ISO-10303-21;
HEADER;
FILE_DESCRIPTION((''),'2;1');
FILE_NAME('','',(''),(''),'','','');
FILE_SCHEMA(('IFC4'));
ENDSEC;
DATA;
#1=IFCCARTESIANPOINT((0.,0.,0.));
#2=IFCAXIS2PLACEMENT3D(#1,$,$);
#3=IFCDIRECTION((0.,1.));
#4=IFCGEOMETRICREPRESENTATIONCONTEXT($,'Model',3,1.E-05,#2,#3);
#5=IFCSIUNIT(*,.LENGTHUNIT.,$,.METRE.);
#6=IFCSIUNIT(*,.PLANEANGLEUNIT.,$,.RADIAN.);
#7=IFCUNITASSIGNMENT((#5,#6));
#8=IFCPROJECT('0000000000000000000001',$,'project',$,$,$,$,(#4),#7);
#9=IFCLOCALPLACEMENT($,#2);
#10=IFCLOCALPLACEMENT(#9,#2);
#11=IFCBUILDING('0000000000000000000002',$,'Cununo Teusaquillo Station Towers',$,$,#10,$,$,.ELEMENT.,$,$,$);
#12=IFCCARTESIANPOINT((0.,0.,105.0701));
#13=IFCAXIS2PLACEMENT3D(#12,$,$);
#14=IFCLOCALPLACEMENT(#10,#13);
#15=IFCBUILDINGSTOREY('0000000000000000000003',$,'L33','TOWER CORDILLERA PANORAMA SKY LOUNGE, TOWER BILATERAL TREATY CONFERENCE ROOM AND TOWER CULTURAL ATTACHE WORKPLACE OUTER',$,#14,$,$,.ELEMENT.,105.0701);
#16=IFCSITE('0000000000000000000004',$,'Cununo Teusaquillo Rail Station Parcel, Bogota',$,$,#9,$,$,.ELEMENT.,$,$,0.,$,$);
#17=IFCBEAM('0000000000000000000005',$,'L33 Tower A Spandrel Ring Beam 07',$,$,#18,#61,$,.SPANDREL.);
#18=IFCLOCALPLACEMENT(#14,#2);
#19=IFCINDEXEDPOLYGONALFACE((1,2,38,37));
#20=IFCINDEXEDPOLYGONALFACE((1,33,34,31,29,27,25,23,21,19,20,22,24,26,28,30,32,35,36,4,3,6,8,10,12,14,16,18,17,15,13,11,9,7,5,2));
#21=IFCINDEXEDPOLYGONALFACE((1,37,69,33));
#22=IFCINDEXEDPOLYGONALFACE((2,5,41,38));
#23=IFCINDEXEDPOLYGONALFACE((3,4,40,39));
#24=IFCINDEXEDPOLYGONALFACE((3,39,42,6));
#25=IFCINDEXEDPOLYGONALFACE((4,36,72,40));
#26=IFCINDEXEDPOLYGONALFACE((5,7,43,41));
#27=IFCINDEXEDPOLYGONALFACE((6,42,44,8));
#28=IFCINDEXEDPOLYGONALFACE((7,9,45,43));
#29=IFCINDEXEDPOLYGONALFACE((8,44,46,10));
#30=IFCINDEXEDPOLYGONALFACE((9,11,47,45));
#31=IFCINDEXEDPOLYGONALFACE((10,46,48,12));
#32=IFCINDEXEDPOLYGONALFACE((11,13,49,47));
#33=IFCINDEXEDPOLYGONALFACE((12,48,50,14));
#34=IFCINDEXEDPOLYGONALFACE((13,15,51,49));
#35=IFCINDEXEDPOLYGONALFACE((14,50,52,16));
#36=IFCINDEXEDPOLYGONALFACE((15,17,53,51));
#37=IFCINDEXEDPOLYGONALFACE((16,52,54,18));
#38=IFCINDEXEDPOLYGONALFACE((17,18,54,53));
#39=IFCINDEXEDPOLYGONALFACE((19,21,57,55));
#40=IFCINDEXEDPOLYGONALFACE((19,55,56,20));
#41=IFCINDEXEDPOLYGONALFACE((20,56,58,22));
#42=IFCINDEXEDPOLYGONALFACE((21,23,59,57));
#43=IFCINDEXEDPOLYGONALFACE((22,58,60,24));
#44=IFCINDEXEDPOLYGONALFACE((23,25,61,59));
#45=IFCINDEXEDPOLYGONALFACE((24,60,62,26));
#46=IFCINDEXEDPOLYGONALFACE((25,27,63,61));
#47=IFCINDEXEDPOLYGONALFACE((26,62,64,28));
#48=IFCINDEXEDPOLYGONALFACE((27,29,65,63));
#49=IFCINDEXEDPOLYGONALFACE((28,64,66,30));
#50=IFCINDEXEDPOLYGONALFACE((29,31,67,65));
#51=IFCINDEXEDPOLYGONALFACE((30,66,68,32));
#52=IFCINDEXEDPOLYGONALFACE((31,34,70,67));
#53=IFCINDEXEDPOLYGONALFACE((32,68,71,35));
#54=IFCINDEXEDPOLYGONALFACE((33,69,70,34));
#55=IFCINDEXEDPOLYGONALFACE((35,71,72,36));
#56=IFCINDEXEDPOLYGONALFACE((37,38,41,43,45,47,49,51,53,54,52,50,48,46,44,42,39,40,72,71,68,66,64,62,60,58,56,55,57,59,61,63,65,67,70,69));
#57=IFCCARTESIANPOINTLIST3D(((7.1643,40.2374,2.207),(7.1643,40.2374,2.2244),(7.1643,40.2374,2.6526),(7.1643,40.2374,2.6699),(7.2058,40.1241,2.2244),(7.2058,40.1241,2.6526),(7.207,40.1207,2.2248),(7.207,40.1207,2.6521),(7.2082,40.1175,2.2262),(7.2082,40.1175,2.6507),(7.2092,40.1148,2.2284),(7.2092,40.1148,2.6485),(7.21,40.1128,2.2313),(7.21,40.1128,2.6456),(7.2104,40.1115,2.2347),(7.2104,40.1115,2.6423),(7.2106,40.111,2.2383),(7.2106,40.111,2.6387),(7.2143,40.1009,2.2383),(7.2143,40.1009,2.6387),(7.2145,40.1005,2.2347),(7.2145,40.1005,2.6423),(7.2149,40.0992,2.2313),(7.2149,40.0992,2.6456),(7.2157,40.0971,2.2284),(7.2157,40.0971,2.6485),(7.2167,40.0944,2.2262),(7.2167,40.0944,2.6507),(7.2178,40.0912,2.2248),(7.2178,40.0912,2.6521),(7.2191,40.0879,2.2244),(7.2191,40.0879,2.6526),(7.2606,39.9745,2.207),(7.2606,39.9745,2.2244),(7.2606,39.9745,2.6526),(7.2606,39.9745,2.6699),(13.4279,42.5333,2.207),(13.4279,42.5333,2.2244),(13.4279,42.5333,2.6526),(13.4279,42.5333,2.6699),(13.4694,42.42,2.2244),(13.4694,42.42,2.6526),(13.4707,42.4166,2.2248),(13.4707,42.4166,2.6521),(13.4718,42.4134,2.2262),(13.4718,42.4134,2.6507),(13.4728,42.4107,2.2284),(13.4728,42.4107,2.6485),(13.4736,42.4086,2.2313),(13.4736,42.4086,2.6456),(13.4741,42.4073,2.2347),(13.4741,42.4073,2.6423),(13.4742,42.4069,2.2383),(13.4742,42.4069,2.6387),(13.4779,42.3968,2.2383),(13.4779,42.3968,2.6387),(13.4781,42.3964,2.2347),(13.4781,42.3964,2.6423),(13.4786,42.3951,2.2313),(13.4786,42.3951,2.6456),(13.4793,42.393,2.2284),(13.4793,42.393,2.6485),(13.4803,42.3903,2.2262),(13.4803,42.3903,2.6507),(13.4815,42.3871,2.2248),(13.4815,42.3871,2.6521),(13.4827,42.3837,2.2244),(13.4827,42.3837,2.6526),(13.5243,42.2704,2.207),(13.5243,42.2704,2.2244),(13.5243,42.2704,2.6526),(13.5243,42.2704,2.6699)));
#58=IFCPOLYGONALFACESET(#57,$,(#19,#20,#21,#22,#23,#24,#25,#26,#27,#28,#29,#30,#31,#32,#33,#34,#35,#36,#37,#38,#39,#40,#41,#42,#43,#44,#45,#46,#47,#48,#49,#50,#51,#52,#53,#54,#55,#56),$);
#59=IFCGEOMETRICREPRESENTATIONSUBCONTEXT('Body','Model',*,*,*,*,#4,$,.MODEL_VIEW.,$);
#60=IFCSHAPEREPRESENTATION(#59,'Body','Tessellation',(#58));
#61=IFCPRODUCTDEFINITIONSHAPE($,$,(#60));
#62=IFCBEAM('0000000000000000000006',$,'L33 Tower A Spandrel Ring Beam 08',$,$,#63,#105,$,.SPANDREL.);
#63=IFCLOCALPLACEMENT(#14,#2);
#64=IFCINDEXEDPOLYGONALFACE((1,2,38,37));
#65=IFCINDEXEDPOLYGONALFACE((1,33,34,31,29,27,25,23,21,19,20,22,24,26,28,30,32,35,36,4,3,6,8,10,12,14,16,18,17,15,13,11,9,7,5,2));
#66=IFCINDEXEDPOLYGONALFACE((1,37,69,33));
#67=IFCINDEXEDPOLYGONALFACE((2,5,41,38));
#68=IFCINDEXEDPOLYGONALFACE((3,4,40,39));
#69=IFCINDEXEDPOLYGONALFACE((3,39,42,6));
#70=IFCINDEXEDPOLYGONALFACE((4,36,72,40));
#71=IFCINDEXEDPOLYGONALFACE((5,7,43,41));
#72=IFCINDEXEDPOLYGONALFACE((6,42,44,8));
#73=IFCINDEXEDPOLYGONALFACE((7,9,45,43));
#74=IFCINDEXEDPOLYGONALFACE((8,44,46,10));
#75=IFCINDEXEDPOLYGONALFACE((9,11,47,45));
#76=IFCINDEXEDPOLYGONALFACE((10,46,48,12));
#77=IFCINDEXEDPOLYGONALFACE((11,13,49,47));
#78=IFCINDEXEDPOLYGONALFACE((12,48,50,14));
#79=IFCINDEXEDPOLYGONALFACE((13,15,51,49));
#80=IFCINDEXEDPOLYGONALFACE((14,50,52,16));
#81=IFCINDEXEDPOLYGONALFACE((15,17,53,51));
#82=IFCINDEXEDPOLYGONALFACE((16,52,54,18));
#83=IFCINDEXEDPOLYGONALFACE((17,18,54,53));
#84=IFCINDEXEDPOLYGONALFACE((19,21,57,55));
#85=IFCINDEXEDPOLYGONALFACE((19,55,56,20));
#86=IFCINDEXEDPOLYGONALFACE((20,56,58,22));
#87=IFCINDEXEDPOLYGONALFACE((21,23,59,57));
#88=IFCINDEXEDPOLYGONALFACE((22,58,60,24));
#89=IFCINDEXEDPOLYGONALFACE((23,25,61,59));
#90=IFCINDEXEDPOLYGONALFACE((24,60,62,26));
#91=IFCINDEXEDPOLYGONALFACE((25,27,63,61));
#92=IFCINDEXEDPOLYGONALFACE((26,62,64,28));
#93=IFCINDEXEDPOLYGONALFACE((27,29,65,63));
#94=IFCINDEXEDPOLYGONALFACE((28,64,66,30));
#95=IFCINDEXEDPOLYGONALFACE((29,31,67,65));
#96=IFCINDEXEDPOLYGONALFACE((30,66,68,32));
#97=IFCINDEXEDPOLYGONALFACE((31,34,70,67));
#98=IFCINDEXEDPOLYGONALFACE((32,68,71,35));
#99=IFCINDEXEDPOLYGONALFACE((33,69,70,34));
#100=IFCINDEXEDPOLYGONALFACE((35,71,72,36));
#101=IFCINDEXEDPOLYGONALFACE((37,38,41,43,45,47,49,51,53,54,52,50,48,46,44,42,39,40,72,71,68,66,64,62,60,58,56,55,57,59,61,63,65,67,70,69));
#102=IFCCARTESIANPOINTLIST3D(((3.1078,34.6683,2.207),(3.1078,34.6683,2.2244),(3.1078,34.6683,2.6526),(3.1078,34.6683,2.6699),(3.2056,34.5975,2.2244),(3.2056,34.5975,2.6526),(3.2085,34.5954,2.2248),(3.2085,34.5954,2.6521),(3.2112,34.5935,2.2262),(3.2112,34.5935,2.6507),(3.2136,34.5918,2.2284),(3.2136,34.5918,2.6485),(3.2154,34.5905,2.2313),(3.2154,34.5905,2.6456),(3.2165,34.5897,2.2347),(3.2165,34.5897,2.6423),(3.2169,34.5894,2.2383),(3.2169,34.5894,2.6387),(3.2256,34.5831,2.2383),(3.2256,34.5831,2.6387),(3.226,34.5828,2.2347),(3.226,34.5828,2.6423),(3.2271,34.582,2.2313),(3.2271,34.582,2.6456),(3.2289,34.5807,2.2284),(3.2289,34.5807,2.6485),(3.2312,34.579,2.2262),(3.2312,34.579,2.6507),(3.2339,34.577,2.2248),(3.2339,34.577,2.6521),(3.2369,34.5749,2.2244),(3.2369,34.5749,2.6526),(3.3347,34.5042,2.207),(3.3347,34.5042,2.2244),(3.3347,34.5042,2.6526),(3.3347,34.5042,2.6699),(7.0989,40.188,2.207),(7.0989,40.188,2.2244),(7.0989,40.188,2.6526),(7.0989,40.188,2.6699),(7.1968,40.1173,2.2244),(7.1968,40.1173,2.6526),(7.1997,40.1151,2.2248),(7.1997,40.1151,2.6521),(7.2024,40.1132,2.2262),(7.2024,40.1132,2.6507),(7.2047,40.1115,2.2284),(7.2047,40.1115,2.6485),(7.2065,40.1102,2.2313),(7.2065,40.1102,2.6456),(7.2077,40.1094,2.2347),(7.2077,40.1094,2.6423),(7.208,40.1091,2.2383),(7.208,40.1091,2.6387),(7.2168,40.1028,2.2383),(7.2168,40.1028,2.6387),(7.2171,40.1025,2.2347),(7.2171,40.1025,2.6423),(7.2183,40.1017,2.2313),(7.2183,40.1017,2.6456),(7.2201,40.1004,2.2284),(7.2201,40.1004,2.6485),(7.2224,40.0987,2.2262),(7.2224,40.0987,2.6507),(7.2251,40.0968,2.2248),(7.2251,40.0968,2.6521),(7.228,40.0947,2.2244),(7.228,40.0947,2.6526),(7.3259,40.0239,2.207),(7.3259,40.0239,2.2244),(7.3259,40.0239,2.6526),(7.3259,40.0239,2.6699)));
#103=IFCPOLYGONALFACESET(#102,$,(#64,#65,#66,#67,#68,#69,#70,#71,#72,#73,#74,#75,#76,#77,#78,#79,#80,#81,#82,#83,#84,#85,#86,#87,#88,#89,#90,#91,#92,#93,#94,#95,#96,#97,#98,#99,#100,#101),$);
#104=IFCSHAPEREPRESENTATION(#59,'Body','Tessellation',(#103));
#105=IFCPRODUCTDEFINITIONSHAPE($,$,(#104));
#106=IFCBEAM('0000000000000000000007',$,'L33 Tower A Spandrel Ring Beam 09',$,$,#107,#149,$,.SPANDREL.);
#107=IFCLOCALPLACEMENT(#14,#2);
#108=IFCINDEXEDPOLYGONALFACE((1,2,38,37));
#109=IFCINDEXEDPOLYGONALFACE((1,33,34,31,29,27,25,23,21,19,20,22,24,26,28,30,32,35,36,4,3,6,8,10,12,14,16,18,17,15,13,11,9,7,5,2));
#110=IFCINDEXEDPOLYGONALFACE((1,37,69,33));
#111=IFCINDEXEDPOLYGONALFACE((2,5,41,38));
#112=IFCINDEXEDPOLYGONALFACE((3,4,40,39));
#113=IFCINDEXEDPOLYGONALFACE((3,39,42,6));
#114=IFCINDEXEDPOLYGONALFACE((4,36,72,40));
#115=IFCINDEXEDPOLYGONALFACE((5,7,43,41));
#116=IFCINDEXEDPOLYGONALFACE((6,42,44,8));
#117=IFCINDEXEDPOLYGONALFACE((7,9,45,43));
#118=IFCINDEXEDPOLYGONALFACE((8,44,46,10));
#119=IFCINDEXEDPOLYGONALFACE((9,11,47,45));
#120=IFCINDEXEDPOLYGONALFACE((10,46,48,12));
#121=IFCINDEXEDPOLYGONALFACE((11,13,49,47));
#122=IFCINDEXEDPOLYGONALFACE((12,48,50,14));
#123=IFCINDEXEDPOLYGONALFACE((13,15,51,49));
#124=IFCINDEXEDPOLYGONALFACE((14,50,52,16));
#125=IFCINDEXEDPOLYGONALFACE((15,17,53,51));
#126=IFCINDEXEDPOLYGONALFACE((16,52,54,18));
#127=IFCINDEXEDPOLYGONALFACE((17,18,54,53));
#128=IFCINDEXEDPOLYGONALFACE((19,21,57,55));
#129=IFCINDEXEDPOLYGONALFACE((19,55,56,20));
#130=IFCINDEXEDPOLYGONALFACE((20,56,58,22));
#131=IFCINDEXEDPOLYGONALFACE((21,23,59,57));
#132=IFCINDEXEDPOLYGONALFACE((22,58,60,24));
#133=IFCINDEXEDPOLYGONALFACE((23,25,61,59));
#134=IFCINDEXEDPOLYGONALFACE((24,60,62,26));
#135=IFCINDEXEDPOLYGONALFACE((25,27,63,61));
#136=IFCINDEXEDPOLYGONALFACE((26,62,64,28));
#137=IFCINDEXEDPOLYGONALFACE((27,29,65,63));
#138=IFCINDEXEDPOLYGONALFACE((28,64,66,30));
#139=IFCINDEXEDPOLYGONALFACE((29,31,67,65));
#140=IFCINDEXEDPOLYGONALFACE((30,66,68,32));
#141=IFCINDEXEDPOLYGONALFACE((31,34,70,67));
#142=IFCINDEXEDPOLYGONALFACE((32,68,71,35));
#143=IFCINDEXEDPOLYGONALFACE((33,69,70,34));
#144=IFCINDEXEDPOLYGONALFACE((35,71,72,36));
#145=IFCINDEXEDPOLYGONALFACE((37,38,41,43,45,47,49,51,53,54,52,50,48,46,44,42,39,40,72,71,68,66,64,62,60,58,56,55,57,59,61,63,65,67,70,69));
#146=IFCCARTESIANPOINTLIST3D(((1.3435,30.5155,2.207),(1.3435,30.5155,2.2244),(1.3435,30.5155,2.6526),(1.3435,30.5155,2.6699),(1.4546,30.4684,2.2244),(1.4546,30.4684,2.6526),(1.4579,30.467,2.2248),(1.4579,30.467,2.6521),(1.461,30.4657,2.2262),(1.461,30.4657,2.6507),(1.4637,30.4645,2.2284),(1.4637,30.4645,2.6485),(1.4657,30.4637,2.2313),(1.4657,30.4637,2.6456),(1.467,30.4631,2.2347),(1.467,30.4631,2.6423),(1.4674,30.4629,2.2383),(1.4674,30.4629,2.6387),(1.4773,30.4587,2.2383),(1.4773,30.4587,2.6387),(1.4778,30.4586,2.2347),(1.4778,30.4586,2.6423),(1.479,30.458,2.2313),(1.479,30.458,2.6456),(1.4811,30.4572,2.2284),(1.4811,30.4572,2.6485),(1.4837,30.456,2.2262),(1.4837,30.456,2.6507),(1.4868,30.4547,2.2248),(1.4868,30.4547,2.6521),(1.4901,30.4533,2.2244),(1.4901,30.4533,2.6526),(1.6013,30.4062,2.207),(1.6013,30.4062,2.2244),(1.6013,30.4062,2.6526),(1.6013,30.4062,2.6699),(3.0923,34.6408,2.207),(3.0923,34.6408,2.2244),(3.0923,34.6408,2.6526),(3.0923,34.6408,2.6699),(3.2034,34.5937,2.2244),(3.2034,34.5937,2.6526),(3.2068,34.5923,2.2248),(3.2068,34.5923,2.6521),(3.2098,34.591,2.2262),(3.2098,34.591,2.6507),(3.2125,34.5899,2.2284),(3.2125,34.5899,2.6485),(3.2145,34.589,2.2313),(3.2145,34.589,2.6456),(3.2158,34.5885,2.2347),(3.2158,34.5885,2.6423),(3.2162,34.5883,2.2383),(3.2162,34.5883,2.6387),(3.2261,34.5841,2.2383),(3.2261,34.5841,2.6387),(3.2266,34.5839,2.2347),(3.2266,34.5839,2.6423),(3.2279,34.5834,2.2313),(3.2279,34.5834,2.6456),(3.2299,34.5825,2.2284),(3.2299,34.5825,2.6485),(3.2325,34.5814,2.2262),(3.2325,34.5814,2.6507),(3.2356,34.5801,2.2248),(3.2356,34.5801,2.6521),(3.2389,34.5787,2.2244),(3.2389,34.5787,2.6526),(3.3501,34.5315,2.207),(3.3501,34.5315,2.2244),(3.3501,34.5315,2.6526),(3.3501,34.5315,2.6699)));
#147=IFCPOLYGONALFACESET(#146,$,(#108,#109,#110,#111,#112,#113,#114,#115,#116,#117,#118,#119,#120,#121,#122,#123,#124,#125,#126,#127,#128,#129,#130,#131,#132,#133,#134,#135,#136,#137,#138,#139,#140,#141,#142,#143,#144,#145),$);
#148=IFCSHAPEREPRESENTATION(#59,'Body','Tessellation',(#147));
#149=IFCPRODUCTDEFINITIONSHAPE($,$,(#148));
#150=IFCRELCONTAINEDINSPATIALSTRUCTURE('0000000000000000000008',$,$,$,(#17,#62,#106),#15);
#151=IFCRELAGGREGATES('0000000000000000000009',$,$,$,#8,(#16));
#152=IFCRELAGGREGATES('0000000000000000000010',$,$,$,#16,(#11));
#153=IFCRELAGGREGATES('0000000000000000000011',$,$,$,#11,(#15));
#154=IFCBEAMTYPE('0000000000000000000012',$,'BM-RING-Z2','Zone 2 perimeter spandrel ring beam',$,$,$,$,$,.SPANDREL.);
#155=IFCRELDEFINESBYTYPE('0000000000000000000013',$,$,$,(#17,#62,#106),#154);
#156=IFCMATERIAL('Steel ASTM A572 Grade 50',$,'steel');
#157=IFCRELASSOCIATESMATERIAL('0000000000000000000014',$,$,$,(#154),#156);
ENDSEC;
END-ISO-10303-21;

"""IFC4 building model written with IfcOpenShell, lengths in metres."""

from ifc_helpers import new_model, si_unit, direction, frame, origin, origin_2d, place, context, subcontext, project, spatial, i_section, extrude, material, material_profile, profile_set, type_object, element, save


model = new_model("IFC4")

# Units and contexts
model_context = context("Model", 3, precision=1e-05, world=origin(), true_north=direction((0.0, 1.0)))
body_context = subcontext(model_context, "Body", "Model", "MODEL_VIEW")
ifc_project = project(units=[si_unit("LENGTHUNIT", "METRE"), si_unit("PLANEANGLEUNIT", "RADIAN")], contexts=[model_context])

# Site, building, storey
site_placement = place(None, origin())
site = spatial("IfcSite", under=ifc_project, at=site_placement, Name="Cununo Teusaquillo Rail Station Parcel, Bogota", CompositionType="ELEMENT", RefElevation=0.0)
building_placement = place(site_placement, origin())
building = spatial("IfcBuilding", under=site, at=building_placement, Name="Cununo Teusaquillo Station Towers", CompositionType="ELEMENT")
storey_placement = place(building_placement, frame((0.0, 0.0, 105.0701)))
storey = spatial("IfcBuildingStorey", under=building, at=storey_placement, Name="L33", Description="TOWER CORDILLERA PANORAMA SKY LOUNGE, TOWER BILATERAL TREATY CONFERENCE ROOM AND TOWER CULTURAL ATTACHE WORKPLACE OUTER", CompositionType="ELEMENT", Elevation=105.0701)

# Beams
ifc_material_1 = material(Name="Steel ASTM A572 Grade 50", Category="steel")
ifc_material_profile_1 = material_profile(ifc_material_1, i_section(OverallWidth=0.28, OverallDepth=0.4629, WebThickness=0.0107, FlangeThickness=0.0173, FilletRadius=0.0139, at=origin_2d()), Name="W18X76")
ifc_profile_set_1 = profile_set([ifc_material_profile_1], Name="Steel ASTM A572 Grade 50")
beam_type_1 = type_object("IfcBeamType", Name="BM-RING-Z2", Description="Zone 2 perimeter spandrel ring beam", PredefinedType="SPANDREL", material=ifc_profile_set_1)
beam_1_placement = place(storey_placement, frame((13.4761, 42.4019, 2.4385), z_axis=(-0.938914, -0.344151, 0.0), x_axis=(0.344151, -0.938914, 0.0)))
element("IfcBeam", 1, at=beam_1_placement, inside=storey, type_object=beam_type_1, Name="L33 Tower A Spandrel Ring Beam 07", PredefinedType="SPANDREL", context=body_context, shape_type="SweptSolid", body=[
    extrude(i_section(OverallWidth=0.28, OverallDepth=0.4629, WebThickness=0.0107, FlangeThickness=0.0173, FilletRadius=0.0139, at=origin_2d()), origin(), (0.0, 0.0, 1.0), 6.6711),
])
beam_2_placement = place(storey_placement, frame((7.2124, 40.106, 2.4385), z_axis=(-0.585945, -0.810351, 0.0), x_axis=(0.810351, -0.585945, 0.0)))
element("IfcBeam", 2, at=beam_2_placement, inside=storey, type_object=beam_type_1, Name="L33 Tower A Spandrel Ring Beam 08", PredefinedType="SPANDREL", context=body_context, shape_type="SweptSolid", body=[
    extrude(i_section(OverallWidth=0.28, OverallDepth=0.4629, WebThickness=0.0107, FlangeThickness=0.0173, FilletRadius=0.0139, at=origin_2d()), origin(), (0.0, 0.0, 1.0), 6.8115),
])
beam_3_placement = place(storey_placement, frame((3.2212, 34.5862, 2.4385), z_axis=(-0.390299, -0.920688, 0.0), x_axis=(0.920688, -0.390299, 0.0)))
element("IfcBeam", 3, at=beam_3_placement, inside=storey, type_object=beam_type_1, Name="L33 Tower A Spandrel Ring Beam 09", PredefinedType="SPANDREL", context=body_context, shape_type="SweptSolid", body=[
    extrude(i_section(OverallWidth=0.28, OverallDepth=0.4629, WebThickness=0.0107, FlangeThickness=0.0173, FilletRadius=0.0139, at=origin_2d()), origin(), (0.0, 0.0, 1.0), 4.4807),
])

save(model, "model.ifc")
